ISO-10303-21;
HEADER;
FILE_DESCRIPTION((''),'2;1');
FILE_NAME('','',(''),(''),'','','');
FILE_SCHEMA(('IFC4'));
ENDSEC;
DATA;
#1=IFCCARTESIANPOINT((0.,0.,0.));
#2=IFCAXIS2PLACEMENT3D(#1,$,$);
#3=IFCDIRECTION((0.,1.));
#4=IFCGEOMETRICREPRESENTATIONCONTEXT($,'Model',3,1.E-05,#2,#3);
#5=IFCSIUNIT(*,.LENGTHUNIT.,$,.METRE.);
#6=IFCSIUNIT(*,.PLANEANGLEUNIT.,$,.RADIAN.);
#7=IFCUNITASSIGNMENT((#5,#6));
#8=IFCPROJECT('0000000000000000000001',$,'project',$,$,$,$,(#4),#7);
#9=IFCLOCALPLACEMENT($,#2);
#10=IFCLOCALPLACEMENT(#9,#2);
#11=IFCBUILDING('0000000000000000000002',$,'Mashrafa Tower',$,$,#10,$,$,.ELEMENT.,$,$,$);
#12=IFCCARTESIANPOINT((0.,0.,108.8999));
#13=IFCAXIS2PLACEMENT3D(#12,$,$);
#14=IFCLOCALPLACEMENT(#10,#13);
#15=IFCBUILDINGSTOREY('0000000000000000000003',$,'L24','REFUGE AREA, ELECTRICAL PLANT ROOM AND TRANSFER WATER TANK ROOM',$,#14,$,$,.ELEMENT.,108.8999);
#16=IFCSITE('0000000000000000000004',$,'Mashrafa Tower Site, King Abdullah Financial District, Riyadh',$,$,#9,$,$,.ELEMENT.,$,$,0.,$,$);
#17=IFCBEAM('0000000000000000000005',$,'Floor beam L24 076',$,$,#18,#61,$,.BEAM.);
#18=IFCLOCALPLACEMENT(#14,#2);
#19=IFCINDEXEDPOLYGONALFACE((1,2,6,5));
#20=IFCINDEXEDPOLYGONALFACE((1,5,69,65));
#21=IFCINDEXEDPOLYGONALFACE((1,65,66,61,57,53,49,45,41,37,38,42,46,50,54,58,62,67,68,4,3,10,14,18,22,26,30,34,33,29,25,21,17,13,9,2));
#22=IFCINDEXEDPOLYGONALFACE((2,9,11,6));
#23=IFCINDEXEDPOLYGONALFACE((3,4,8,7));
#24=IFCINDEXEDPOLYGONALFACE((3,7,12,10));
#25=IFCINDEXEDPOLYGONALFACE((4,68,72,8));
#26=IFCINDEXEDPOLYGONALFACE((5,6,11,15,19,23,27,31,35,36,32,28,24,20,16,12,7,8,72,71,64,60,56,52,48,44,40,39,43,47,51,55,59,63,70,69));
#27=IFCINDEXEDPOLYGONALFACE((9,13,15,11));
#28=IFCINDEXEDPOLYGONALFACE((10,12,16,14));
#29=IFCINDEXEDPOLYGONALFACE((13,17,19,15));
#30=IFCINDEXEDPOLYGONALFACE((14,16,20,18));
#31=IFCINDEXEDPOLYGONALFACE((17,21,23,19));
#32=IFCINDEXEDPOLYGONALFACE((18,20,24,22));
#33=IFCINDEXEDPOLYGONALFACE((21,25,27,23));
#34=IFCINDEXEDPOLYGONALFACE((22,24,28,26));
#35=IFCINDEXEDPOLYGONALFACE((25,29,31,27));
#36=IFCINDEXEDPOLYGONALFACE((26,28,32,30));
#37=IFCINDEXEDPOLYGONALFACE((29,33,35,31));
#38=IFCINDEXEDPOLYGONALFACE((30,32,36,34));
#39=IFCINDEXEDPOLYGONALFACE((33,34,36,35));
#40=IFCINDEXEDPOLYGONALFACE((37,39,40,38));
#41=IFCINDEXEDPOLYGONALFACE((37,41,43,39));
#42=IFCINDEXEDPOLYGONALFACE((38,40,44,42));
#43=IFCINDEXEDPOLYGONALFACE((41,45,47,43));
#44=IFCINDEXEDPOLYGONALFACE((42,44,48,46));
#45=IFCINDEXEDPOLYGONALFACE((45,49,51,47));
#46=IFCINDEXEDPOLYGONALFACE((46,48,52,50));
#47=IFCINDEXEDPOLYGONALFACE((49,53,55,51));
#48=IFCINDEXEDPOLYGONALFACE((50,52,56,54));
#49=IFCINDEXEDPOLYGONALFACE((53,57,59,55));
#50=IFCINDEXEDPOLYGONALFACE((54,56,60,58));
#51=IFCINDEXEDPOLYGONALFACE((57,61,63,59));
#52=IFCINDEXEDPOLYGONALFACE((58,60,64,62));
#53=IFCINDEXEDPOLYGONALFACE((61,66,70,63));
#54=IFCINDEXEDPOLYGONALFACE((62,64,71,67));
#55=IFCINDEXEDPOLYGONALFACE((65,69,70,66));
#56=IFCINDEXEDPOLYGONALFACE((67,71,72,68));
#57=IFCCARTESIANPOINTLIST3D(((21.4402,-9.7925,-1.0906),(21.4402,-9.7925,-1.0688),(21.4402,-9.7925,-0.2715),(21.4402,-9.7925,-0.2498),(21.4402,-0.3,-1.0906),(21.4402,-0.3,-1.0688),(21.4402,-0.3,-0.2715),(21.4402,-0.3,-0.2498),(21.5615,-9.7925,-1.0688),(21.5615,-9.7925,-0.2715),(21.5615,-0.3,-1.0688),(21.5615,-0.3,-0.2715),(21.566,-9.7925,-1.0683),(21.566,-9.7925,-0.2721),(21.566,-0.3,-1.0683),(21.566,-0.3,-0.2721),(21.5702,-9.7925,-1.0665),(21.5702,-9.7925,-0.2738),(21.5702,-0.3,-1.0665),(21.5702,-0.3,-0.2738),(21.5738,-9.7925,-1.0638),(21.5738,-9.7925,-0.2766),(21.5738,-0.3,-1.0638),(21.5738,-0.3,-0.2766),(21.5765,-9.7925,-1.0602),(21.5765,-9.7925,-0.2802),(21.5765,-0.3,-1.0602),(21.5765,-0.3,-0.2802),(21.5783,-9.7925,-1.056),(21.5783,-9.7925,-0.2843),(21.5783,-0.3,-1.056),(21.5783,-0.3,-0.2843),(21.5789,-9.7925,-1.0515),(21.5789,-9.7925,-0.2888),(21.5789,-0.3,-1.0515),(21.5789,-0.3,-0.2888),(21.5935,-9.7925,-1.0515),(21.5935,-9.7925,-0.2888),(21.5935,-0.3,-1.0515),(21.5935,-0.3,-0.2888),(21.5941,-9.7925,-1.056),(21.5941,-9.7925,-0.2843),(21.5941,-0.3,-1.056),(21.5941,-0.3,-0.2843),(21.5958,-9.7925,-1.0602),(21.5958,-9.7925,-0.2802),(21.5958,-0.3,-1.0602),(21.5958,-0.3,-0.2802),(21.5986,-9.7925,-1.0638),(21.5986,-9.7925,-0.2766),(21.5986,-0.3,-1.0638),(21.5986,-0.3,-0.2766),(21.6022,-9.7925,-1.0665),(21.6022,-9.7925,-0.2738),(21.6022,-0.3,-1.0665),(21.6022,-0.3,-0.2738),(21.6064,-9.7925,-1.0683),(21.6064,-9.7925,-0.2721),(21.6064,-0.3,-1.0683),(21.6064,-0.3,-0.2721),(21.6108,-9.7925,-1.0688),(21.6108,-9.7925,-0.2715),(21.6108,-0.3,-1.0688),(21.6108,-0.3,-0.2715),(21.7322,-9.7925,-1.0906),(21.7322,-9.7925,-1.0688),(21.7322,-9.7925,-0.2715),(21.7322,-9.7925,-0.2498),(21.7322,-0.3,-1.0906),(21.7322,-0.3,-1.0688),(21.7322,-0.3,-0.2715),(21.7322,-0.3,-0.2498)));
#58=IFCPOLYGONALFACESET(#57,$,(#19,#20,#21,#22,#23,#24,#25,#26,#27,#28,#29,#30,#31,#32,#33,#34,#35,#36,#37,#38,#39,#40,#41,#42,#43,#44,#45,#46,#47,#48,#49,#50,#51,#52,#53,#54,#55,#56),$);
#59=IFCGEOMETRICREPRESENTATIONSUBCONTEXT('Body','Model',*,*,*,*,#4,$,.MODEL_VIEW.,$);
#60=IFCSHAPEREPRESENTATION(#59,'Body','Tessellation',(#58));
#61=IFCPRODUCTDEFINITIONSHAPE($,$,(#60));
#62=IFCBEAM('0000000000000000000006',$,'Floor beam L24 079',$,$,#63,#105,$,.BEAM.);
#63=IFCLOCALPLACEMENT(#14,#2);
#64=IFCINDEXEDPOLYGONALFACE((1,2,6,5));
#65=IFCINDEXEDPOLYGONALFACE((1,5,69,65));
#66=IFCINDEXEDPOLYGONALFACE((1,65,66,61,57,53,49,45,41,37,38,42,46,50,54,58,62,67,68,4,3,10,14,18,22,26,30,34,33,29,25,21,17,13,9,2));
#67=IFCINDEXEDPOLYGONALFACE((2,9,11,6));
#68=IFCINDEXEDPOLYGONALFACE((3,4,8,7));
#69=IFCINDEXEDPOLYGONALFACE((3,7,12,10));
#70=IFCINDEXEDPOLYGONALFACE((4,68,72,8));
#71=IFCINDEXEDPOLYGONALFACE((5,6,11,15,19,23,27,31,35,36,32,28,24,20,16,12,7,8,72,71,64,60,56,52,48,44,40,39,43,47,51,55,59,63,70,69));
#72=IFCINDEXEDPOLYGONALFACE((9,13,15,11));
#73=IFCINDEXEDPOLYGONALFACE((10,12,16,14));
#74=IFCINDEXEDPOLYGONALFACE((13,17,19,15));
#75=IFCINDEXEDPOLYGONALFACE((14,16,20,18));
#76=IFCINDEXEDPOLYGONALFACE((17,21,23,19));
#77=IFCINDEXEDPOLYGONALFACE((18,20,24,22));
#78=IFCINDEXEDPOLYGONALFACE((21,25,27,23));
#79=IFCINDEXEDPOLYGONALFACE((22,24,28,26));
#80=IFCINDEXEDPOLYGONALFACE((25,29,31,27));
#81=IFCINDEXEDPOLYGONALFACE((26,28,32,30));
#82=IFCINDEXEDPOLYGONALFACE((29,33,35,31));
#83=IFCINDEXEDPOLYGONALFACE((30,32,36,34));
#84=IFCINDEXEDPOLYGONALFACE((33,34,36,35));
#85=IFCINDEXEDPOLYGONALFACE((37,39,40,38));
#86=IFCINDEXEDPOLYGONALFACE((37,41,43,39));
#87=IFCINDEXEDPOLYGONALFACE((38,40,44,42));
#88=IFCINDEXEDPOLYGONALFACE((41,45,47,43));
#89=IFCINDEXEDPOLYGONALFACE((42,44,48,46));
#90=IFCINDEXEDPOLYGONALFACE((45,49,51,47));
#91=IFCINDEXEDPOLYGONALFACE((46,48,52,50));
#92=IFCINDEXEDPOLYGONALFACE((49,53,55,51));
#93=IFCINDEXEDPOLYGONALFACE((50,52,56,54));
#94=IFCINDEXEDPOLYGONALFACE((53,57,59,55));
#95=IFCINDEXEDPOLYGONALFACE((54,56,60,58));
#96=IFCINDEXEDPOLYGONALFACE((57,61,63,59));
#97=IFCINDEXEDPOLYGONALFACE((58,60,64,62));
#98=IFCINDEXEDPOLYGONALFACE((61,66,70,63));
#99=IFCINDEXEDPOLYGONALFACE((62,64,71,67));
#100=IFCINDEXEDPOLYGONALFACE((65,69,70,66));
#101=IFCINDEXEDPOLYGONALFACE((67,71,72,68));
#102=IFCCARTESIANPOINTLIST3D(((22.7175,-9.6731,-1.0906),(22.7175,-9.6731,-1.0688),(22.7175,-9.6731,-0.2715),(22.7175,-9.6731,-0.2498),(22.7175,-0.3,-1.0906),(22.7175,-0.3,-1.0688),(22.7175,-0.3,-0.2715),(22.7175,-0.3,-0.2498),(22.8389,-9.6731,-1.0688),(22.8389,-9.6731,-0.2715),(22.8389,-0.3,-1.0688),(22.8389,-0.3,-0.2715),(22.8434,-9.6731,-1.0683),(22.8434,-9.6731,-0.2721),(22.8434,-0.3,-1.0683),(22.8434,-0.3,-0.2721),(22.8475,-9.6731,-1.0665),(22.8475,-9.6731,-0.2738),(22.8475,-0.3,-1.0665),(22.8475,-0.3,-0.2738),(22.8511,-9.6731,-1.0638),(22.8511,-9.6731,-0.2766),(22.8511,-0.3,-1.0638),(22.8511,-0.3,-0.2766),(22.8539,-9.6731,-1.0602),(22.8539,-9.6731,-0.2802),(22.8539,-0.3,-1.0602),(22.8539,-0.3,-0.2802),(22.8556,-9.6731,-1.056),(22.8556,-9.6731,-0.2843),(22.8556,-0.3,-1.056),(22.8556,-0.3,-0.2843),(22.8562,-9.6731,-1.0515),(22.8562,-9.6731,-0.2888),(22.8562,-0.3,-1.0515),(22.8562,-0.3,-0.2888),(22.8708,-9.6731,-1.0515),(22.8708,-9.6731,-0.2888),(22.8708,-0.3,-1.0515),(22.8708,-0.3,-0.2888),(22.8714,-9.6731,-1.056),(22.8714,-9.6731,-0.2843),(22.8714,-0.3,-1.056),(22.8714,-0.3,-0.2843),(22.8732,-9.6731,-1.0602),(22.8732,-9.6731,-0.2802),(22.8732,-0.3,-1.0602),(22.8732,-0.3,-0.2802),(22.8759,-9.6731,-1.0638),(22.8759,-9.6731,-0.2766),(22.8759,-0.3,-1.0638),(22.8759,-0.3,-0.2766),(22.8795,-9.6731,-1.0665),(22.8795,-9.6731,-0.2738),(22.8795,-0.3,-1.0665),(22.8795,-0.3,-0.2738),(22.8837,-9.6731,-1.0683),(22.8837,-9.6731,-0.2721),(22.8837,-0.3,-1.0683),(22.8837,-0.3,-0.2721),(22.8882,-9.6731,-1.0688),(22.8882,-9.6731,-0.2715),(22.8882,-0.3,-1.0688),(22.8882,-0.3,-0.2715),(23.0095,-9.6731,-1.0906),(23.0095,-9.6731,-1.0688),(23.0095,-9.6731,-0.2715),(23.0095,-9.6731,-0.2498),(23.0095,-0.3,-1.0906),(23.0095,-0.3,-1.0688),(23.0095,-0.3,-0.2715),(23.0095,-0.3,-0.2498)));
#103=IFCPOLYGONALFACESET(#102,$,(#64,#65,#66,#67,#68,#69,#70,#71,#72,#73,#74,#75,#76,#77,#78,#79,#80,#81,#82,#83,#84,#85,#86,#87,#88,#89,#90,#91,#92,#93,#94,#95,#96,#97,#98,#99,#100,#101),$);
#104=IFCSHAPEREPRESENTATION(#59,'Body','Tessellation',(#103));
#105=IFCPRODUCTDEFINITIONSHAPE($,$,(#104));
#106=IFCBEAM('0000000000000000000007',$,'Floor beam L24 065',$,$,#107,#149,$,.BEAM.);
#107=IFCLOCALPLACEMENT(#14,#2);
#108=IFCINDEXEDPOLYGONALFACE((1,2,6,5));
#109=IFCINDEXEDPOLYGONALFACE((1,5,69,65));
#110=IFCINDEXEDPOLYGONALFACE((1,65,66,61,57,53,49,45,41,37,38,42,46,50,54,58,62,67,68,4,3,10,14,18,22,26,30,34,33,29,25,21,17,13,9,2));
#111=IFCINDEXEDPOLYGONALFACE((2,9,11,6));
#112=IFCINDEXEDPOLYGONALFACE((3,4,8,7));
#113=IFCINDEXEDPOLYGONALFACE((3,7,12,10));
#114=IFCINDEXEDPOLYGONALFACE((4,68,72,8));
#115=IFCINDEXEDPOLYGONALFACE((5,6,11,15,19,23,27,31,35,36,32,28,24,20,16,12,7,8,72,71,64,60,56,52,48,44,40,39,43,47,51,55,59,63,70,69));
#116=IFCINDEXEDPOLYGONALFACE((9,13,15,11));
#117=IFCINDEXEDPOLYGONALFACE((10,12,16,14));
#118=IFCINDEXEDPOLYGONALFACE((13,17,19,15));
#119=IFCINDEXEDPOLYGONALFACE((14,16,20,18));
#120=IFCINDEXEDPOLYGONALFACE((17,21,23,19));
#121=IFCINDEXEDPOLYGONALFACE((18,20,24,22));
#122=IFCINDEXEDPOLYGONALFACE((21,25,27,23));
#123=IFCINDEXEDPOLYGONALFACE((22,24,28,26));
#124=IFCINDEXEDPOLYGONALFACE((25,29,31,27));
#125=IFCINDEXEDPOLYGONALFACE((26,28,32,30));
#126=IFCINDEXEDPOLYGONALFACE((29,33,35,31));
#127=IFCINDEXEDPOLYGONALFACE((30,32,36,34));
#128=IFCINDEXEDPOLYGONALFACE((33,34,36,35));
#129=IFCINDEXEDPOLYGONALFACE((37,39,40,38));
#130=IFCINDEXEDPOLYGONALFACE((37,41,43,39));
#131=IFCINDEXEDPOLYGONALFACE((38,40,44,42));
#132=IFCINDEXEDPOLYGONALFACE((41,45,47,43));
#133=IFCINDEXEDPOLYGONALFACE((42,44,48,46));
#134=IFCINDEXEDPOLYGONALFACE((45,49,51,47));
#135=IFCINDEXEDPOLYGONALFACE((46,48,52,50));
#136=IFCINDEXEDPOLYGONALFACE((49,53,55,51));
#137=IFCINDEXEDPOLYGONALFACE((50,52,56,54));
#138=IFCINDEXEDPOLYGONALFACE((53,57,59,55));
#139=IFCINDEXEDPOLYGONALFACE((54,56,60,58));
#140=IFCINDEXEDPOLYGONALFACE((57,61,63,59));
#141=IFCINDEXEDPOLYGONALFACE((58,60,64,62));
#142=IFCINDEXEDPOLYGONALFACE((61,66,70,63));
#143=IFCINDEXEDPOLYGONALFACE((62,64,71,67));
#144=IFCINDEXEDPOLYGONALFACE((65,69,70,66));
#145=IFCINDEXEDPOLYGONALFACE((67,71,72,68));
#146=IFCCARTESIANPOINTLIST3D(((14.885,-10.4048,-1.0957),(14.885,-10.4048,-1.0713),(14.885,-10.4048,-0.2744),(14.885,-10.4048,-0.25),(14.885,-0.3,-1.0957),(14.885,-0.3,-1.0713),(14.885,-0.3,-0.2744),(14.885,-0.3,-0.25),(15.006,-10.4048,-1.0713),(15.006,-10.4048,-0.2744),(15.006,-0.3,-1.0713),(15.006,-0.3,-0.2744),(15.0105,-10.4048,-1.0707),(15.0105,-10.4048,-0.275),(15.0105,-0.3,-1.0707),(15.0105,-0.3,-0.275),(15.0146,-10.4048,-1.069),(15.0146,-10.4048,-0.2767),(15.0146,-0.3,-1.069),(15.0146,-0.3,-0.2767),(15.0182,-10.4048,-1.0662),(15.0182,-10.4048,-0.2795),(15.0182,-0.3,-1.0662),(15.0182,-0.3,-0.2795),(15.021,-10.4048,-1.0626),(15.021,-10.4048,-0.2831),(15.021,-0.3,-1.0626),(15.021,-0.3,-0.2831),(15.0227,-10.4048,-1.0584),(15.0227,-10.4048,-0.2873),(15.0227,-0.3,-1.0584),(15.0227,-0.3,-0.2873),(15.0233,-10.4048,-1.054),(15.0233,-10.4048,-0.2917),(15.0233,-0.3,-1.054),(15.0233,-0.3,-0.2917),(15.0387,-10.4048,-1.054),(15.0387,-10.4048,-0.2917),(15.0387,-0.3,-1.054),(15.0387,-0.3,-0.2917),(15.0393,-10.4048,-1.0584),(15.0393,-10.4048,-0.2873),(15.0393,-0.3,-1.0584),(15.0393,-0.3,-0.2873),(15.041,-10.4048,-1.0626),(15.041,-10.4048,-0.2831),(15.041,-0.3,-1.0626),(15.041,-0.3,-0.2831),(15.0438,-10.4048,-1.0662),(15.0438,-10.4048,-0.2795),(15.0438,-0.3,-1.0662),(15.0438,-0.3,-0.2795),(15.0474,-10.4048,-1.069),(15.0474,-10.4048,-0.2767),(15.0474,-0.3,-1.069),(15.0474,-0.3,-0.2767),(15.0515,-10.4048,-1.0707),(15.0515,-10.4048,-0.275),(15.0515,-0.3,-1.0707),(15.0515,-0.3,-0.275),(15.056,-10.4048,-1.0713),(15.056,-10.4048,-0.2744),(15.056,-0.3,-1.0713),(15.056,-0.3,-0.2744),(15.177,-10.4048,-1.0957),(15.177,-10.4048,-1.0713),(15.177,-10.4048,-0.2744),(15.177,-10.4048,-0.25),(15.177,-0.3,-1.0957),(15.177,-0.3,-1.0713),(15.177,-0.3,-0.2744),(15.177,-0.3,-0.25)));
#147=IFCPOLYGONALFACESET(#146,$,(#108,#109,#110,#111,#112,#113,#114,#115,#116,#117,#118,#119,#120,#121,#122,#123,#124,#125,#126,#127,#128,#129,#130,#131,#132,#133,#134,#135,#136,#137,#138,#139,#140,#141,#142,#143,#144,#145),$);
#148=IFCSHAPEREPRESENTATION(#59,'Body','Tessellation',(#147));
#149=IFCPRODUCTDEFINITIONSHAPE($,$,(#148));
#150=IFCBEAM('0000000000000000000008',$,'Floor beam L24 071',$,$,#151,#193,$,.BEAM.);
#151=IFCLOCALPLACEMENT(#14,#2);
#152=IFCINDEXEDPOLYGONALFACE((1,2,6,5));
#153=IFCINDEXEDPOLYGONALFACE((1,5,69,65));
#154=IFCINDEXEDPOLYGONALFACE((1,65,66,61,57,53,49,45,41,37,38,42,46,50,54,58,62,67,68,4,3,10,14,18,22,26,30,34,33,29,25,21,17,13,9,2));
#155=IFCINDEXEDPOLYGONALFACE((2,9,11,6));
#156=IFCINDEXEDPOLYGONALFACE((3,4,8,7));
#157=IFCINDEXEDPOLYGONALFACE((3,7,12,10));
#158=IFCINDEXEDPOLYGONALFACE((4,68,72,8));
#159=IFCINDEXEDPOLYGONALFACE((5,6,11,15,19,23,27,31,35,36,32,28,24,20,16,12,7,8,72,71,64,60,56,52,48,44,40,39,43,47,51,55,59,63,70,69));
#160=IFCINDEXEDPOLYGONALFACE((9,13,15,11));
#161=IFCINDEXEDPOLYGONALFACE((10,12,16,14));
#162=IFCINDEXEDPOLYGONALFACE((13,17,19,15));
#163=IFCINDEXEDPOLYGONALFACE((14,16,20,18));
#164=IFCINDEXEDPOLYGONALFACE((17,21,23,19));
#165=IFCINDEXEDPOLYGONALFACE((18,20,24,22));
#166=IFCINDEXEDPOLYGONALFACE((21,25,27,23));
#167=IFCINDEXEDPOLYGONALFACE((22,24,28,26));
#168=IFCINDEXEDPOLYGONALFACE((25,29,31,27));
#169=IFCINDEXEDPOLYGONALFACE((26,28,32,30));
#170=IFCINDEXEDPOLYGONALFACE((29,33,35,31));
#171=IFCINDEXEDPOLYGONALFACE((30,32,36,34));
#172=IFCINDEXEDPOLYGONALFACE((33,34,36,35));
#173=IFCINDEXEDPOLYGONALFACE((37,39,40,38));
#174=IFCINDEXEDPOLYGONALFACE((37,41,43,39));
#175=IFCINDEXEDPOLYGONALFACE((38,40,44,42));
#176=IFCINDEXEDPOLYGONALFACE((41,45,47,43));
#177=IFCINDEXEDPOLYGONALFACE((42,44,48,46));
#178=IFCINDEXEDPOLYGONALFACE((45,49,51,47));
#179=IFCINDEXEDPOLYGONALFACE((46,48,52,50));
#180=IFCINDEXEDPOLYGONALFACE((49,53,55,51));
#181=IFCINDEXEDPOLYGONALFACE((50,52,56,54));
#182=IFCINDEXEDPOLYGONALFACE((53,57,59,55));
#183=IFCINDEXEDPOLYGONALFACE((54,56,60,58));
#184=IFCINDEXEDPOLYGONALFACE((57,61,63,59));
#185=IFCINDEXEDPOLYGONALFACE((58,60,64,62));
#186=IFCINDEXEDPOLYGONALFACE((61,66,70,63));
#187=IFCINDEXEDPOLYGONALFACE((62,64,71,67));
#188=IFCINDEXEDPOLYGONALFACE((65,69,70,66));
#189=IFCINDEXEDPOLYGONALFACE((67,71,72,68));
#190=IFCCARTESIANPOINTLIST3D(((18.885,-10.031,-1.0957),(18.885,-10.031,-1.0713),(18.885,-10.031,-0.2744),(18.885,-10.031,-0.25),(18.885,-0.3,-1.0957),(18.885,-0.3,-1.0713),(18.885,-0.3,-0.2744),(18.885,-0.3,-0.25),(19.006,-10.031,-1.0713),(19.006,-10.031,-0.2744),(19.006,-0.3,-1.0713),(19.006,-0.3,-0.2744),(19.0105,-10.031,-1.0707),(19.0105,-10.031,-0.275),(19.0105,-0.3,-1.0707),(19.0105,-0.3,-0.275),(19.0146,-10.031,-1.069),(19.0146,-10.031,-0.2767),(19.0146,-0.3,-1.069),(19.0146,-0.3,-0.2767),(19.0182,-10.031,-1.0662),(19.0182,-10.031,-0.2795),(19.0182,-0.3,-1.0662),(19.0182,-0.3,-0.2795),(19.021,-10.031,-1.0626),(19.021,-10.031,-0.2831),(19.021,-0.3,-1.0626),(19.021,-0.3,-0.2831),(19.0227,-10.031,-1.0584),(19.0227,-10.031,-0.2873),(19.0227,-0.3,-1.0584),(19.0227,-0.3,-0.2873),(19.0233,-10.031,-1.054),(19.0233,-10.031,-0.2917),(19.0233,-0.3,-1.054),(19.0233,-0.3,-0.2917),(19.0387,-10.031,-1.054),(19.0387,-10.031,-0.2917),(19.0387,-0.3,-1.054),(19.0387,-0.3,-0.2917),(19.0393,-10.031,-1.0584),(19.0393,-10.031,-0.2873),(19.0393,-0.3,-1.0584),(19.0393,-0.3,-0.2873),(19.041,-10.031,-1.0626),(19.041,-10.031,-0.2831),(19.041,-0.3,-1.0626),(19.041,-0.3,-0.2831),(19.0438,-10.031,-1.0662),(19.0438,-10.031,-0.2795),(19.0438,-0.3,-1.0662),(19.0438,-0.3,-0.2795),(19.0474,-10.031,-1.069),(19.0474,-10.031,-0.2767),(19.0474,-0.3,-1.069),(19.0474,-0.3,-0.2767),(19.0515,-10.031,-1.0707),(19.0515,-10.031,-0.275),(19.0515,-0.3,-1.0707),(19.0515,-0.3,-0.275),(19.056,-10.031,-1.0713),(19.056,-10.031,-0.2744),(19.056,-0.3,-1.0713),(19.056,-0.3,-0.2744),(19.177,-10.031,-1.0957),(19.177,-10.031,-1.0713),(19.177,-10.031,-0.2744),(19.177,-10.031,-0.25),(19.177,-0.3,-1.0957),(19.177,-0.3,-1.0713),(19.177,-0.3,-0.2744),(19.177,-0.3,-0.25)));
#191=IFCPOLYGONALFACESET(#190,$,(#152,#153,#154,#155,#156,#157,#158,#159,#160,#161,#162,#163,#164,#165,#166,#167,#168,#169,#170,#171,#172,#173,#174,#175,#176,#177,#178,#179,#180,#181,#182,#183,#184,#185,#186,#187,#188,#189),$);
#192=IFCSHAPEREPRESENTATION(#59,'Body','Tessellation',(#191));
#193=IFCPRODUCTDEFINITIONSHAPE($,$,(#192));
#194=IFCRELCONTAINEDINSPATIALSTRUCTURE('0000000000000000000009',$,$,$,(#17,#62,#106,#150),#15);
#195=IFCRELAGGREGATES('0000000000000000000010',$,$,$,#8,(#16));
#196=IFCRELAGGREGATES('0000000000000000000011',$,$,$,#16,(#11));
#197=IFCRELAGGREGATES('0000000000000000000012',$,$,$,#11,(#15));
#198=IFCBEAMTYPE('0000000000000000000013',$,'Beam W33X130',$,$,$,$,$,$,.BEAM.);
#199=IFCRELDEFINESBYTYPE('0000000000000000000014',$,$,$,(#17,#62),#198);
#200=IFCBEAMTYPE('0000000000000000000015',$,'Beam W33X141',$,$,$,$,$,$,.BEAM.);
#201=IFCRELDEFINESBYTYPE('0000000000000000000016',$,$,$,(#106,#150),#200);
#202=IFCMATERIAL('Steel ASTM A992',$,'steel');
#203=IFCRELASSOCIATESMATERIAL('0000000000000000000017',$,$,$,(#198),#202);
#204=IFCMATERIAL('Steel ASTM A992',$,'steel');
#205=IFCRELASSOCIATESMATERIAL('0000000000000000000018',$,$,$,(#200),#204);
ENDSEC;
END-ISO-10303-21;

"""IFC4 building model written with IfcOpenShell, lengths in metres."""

from ifc_helpers import new_model, si_unit, direction, frame, origin, origin_2d, place, context, subcontext, project, spatial, i_section, extrude, material, material_profile, profile_set, type_object, element, save


model = new_model("IFC4")

# Units and contexts
model_context = context("Model", 3, precision=1e-05, world=origin(), true_north=direction((0.0, 1.0)))
body_context = subcontext(model_context, "Body", "Model", "MODEL_VIEW")
ifc_project = project(units=[si_unit("LENGTHUNIT", "METRE"), si_unit("PLANEANGLEUNIT", "RADIAN")], contexts=[model_context])

# Site, building, storey
site_placement = place(None, origin())
site = spatial("IfcSite", under=ifc_project, at=site_placement, Name="Mashrafa Tower Site, King Abdullah Financial District, Riyadh", CompositionType="ELEMENT", RefElevation=0.0)
building_placement = place(site_placement, origin())
building = spatial("IfcBuilding", under=site, at=building_placement, Name="Mashrafa Tower", CompositionType="ELEMENT")
storey_placement = place(building_placement, frame((0.0, 0.0, 108.8999)))
storey = spatial("IfcBuildingStorey", under=building, at=storey_placement, Name="L24", Description="REFUGE AREA, ELECTRICAL PLANT ROOM AND TRANSFER WATER TANK ROOM", CompositionType="ELEMENT", Elevation=108.8999)

# Beams
ifc_material_1 = material(Name="Steel ASTM A992", Category="steel")
ifc_material_profile_1 = material_profile(ifc_material_1, i_section(OverallWidth=0.292, OverallDepth=0.8408, WebThickness=0.0146, FlangeThickness=0.0217, FilletRadius=0.0173, at=origin_2d()), Name="W33X130")
ifc_profile_set_1 = profile_set([ifc_material_profile_1], Name="Steel ASTM A992")
beam_type_1 = type_object("IfcBeamType", Name="Beam W33X130", PredefinedType="BEAM", material=ifc_profile_set_1)
beam_1_placement = place(storey_placement, frame((21.5862, -0.3, -0.6702), z_axis=(0.0, -1.0, 0.0), x_axis=(1.0, 0.0, 0.0)))
element("IfcBeam", 1, at=beam_1_placement, inside=storey, type_object=beam_type_1, Name="Floor beam L24 076", PredefinedType="BEAM", context=body_context, shape_type="SweptSolid", body=[
    extrude(i_section(OverallWidth=0.292, OverallDepth=0.8408, WebThickness=0.0146, FlangeThickness=0.0217, FilletRadius=0.0173, at=origin_2d()), origin(), (0.0, 0.0, 1.0), 9.4924),
])
beam_2_placement = place(storey_placement, frame((22.8635, -0.3, -0.6702), z_axis=(0.0, -1.0, 0.0), x_axis=(1.0, 0.0, 0.0)))
element("IfcBeam", 2, at=beam_2_placement, inside=storey, type_object=beam_type_1, Name="Floor beam L24 079", PredefinedType="BEAM", context=body_context, shape_type="SweptSolid", body=[
    extrude(i_section(OverallWidth=0.292, OverallDepth=0.8408, WebThickness=0.0146, FlangeThickness=0.0217, FilletRadius=0.0173, at=origin_2d()), origin(), (0.0, 0.0, 1.0), 9.373),
])
ifc_material_2 = material(Name="Steel ASTM A992", Category="steel")
ifc_material_profile_2 = material_profile(ifc_material_2, i_section(OverallWidth=0.292, OverallDepth=0.8457, WebThickness=0.0154, FlangeThickness=0.0244, FilletRadius=0.0173, at=origin_2d()), Name="W33X141")
ifc_profile_set_2 = profile_set([ifc_material_profile_2], Name="Steel ASTM A992")
beam_type_2 = type_object("IfcBeamType", Name="Beam W33X141", PredefinedType="BEAM", material=ifc_profile_set_2)
beam_3_placement = place(storey_placement, frame((15.031, -0.3, -0.6729), z_axis=(0.0, -1.0, 0.0), x_axis=(1.0, 0.0, 0.0)))
element("IfcBeam", 3, at=beam_3_placement, inside=storey, type_object=beam_type_2, Name="Floor beam L24 065", PredefinedType="BEAM", context=body_context, shape_type="SweptSolid", body=[
    extrude(i_section(OverallWidth=0.292, OverallDepth=0.8457, WebThickness=0.0154, FlangeThickness=0.0244, FilletRadius=0.0173, at=origin_2d()), origin(), (0.0, 0.0, 1.0), 10.1047),
])
beam_4_placement = place(storey_placement, frame((19.031, -0.3, -0.6729), z_axis=(0.0, -1.0, 0.0), x_axis=(1.0, 0.0, 0.0)))
element("IfcBeam", 4, at=beam_4_placement, inside=storey, type_object=beam_type_2, Name="Floor beam L24 071", PredefinedType="BEAM", context=body_context, shape_type="SweptSolid", body=[
    extrude(i_section(OverallWidth=0.292, OverallDepth=0.8457, WebThickness=0.0154, FlangeThickness=0.0244, FilletRadius=0.0173, at=origin_2d()), origin(), (0.0, 0.0, 1.0), 9.731),
])

save(model, "model.ifc")
